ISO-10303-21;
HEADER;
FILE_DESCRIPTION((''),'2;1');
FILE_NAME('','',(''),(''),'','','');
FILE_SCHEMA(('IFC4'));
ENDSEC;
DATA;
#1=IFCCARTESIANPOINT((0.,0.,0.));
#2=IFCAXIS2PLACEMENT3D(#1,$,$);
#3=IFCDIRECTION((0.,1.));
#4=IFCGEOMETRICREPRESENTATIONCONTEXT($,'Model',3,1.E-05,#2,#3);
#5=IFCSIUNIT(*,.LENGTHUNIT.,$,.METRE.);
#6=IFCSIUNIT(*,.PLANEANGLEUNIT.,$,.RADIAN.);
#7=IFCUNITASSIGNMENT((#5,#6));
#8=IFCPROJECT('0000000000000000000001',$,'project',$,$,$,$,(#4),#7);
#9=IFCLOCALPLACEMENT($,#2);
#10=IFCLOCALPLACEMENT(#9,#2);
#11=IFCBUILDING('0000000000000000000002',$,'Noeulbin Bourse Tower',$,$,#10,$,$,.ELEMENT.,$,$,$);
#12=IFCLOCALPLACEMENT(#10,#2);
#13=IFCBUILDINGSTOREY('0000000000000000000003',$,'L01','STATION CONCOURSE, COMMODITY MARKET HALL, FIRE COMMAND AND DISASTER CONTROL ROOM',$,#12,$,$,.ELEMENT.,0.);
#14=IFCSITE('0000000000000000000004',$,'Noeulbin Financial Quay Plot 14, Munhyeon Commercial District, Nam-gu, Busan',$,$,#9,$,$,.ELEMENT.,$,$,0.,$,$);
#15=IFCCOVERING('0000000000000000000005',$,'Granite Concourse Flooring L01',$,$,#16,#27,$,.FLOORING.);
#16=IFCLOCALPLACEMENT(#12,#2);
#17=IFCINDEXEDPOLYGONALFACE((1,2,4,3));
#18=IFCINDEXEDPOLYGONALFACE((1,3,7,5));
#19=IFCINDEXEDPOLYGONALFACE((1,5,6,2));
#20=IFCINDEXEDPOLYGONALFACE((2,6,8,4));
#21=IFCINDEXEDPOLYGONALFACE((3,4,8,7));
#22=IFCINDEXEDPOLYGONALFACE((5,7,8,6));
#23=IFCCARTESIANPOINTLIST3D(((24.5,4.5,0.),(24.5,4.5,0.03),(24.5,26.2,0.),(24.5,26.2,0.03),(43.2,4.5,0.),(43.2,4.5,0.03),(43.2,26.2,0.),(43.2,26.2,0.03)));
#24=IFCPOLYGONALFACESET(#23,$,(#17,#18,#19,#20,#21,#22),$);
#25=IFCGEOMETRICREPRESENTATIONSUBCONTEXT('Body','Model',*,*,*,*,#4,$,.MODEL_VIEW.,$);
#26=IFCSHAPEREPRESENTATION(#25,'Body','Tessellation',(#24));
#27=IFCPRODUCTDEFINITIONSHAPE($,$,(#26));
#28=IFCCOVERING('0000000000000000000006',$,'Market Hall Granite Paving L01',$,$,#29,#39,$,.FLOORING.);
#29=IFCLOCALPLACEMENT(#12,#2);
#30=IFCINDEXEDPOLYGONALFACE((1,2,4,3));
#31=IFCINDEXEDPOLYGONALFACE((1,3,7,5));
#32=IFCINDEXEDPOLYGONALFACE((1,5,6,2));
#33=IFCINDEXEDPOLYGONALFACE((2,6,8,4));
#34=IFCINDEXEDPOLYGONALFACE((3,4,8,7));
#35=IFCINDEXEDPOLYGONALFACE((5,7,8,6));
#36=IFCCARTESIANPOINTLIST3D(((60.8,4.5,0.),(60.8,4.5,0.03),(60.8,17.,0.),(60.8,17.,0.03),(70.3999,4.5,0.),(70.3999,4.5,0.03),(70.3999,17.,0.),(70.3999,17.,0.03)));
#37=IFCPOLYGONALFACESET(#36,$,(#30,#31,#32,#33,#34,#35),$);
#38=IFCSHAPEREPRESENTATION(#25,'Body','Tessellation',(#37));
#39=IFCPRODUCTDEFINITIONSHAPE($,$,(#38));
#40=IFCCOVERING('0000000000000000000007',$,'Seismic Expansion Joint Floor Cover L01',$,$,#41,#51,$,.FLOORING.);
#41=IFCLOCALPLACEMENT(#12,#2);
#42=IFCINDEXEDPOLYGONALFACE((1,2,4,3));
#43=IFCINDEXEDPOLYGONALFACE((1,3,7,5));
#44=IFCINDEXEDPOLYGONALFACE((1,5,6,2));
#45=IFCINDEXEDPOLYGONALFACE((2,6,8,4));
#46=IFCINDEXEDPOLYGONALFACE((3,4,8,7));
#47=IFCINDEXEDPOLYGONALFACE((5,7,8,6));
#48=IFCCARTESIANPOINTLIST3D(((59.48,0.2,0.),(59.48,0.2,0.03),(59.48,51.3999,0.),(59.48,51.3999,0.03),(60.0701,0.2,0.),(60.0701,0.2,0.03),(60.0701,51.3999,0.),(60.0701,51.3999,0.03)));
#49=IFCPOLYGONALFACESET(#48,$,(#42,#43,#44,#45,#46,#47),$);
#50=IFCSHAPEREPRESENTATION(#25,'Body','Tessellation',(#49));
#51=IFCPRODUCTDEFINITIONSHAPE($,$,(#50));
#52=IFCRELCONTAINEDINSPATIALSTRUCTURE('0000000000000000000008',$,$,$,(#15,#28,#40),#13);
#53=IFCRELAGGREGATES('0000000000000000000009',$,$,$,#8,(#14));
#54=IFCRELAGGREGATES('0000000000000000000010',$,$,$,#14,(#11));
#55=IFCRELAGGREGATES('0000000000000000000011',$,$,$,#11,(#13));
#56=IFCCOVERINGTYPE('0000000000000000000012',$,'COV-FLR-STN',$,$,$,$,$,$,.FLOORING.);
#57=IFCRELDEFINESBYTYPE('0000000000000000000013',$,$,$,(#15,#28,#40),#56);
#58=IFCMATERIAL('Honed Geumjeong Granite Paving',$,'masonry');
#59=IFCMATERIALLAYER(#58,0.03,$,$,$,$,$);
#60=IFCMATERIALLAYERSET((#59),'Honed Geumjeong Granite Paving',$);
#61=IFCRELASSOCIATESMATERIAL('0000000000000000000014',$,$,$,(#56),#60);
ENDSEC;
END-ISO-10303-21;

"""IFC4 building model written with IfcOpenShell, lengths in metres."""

from ifc_helpers import new_model, si_unit, direction, origin, place, context, subcontext, project, spatial, polyline, outline, extrude, material, layer, layer_set, type_object, element, save


model = new_model("IFC4")

# Units and contexts
model_context = context("Model", 3, precision=1e-05, world=origin(), true_north=direction((0.0, 1.0)))
body_context = subcontext(model_context, "Body", "Model", "MODEL_VIEW")
ifc_project = project(units=[si_unit("LENGTHUNIT", "METRE"), si_unit("PLANEANGLEUNIT", "RADIAN")], contexts=[model_context])

# Site, building, storey
site_placement = place(None, origin())
site = spatial("IfcSite", under=ifc_project, at=site_placement, Name="Noeulbin Financial Quay Plot 14, Munhyeon Commercial District, Nam-gu, Busan", CompositionType="ELEMENT", RefElevation=0.0)
building_placement = place(site_placement, origin())
building = spatial("IfcBuilding", under=site, at=building_placement, Name="Noeulbin Bourse Tower", CompositionType="ELEMENT")
storey_placement = place(building_placement, origin())
storey = spatial("IfcBuildingStorey", under=building, at=storey_placement, Name="L01", Description="STATION CONCOURSE, COMMODITY MARKET HALL, FIRE COMMAND AND DISASTER CONTROL ROOM", CompositionType="ELEMENT", Elevation=0.0)

# Coverings
ifc_material_1 = material(Name="Honed Geumjeong Granite Paving", Category="masonry")
ifc_layer_1 = layer(ifc_material_1, 0.03)
ifc_layer_set_1 = layer_set([ifc_layer_1], Name="Honed Geumjeong Granite Paving")
covering_type = type_object("IfcCoveringType", Name="COV-FLR-STN", PredefinedType="FLOORING", material=ifc_layer_set_1)
covering_1_placement = place(storey_placement, origin())
element("IfcCovering", 1, at=covering_1_placement, inside=storey, type_object=covering_type, Name="Granite Concourse Flooring L01", PredefinedType="FLOORING", context=body_context, shape_type="SweptSolid", body=[
    extrude(outline(polyline([(24.5, 4.5), (43.2, 4.5), (43.2, 26.2), (24.5, 26.2), (24.5, 4.5)])), origin(), (0.0, 0.0, 1.0), 0.03),
])
covering_2_placement = place(storey_placement, origin())
element("IfcCovering", 2, at=covering_2_placement, inside=storey, type_object=covering_type, Name="Market Hall Granite Paving L01", PredefinedType="FLOORING", context=body_context, shape_type="SweptSolid", body=[
    extrude(outline(polyline([(60.8, 4.5), (70.3999, 4.5), (70.3999, 17.0), (60.8, 17.0), (60.8, 4.5)])), origin(), (0.0, 0.0, 1.0), 0.03),
])
covering_3_placement = place(storey_placement, origin())
element("IfcCovering", 3, at=covering_3_placement, inside=storey, type_object=covering_type, Name="Seismic Expansion Joint Floor Cover L01", PredefinedType="FLOORING", context=body_context, shape_type="SweptSolid", body=[
    extrude(outline(polyline([(59.48, 0.2), (60.0701, 0.2), (60.0701, 51.3999), (59.48, 51.3999), (59.48, 0.2)])), origin(), (0.0, 0.0, 1.0), 0.03),
])

save(model, "model.ifc")
